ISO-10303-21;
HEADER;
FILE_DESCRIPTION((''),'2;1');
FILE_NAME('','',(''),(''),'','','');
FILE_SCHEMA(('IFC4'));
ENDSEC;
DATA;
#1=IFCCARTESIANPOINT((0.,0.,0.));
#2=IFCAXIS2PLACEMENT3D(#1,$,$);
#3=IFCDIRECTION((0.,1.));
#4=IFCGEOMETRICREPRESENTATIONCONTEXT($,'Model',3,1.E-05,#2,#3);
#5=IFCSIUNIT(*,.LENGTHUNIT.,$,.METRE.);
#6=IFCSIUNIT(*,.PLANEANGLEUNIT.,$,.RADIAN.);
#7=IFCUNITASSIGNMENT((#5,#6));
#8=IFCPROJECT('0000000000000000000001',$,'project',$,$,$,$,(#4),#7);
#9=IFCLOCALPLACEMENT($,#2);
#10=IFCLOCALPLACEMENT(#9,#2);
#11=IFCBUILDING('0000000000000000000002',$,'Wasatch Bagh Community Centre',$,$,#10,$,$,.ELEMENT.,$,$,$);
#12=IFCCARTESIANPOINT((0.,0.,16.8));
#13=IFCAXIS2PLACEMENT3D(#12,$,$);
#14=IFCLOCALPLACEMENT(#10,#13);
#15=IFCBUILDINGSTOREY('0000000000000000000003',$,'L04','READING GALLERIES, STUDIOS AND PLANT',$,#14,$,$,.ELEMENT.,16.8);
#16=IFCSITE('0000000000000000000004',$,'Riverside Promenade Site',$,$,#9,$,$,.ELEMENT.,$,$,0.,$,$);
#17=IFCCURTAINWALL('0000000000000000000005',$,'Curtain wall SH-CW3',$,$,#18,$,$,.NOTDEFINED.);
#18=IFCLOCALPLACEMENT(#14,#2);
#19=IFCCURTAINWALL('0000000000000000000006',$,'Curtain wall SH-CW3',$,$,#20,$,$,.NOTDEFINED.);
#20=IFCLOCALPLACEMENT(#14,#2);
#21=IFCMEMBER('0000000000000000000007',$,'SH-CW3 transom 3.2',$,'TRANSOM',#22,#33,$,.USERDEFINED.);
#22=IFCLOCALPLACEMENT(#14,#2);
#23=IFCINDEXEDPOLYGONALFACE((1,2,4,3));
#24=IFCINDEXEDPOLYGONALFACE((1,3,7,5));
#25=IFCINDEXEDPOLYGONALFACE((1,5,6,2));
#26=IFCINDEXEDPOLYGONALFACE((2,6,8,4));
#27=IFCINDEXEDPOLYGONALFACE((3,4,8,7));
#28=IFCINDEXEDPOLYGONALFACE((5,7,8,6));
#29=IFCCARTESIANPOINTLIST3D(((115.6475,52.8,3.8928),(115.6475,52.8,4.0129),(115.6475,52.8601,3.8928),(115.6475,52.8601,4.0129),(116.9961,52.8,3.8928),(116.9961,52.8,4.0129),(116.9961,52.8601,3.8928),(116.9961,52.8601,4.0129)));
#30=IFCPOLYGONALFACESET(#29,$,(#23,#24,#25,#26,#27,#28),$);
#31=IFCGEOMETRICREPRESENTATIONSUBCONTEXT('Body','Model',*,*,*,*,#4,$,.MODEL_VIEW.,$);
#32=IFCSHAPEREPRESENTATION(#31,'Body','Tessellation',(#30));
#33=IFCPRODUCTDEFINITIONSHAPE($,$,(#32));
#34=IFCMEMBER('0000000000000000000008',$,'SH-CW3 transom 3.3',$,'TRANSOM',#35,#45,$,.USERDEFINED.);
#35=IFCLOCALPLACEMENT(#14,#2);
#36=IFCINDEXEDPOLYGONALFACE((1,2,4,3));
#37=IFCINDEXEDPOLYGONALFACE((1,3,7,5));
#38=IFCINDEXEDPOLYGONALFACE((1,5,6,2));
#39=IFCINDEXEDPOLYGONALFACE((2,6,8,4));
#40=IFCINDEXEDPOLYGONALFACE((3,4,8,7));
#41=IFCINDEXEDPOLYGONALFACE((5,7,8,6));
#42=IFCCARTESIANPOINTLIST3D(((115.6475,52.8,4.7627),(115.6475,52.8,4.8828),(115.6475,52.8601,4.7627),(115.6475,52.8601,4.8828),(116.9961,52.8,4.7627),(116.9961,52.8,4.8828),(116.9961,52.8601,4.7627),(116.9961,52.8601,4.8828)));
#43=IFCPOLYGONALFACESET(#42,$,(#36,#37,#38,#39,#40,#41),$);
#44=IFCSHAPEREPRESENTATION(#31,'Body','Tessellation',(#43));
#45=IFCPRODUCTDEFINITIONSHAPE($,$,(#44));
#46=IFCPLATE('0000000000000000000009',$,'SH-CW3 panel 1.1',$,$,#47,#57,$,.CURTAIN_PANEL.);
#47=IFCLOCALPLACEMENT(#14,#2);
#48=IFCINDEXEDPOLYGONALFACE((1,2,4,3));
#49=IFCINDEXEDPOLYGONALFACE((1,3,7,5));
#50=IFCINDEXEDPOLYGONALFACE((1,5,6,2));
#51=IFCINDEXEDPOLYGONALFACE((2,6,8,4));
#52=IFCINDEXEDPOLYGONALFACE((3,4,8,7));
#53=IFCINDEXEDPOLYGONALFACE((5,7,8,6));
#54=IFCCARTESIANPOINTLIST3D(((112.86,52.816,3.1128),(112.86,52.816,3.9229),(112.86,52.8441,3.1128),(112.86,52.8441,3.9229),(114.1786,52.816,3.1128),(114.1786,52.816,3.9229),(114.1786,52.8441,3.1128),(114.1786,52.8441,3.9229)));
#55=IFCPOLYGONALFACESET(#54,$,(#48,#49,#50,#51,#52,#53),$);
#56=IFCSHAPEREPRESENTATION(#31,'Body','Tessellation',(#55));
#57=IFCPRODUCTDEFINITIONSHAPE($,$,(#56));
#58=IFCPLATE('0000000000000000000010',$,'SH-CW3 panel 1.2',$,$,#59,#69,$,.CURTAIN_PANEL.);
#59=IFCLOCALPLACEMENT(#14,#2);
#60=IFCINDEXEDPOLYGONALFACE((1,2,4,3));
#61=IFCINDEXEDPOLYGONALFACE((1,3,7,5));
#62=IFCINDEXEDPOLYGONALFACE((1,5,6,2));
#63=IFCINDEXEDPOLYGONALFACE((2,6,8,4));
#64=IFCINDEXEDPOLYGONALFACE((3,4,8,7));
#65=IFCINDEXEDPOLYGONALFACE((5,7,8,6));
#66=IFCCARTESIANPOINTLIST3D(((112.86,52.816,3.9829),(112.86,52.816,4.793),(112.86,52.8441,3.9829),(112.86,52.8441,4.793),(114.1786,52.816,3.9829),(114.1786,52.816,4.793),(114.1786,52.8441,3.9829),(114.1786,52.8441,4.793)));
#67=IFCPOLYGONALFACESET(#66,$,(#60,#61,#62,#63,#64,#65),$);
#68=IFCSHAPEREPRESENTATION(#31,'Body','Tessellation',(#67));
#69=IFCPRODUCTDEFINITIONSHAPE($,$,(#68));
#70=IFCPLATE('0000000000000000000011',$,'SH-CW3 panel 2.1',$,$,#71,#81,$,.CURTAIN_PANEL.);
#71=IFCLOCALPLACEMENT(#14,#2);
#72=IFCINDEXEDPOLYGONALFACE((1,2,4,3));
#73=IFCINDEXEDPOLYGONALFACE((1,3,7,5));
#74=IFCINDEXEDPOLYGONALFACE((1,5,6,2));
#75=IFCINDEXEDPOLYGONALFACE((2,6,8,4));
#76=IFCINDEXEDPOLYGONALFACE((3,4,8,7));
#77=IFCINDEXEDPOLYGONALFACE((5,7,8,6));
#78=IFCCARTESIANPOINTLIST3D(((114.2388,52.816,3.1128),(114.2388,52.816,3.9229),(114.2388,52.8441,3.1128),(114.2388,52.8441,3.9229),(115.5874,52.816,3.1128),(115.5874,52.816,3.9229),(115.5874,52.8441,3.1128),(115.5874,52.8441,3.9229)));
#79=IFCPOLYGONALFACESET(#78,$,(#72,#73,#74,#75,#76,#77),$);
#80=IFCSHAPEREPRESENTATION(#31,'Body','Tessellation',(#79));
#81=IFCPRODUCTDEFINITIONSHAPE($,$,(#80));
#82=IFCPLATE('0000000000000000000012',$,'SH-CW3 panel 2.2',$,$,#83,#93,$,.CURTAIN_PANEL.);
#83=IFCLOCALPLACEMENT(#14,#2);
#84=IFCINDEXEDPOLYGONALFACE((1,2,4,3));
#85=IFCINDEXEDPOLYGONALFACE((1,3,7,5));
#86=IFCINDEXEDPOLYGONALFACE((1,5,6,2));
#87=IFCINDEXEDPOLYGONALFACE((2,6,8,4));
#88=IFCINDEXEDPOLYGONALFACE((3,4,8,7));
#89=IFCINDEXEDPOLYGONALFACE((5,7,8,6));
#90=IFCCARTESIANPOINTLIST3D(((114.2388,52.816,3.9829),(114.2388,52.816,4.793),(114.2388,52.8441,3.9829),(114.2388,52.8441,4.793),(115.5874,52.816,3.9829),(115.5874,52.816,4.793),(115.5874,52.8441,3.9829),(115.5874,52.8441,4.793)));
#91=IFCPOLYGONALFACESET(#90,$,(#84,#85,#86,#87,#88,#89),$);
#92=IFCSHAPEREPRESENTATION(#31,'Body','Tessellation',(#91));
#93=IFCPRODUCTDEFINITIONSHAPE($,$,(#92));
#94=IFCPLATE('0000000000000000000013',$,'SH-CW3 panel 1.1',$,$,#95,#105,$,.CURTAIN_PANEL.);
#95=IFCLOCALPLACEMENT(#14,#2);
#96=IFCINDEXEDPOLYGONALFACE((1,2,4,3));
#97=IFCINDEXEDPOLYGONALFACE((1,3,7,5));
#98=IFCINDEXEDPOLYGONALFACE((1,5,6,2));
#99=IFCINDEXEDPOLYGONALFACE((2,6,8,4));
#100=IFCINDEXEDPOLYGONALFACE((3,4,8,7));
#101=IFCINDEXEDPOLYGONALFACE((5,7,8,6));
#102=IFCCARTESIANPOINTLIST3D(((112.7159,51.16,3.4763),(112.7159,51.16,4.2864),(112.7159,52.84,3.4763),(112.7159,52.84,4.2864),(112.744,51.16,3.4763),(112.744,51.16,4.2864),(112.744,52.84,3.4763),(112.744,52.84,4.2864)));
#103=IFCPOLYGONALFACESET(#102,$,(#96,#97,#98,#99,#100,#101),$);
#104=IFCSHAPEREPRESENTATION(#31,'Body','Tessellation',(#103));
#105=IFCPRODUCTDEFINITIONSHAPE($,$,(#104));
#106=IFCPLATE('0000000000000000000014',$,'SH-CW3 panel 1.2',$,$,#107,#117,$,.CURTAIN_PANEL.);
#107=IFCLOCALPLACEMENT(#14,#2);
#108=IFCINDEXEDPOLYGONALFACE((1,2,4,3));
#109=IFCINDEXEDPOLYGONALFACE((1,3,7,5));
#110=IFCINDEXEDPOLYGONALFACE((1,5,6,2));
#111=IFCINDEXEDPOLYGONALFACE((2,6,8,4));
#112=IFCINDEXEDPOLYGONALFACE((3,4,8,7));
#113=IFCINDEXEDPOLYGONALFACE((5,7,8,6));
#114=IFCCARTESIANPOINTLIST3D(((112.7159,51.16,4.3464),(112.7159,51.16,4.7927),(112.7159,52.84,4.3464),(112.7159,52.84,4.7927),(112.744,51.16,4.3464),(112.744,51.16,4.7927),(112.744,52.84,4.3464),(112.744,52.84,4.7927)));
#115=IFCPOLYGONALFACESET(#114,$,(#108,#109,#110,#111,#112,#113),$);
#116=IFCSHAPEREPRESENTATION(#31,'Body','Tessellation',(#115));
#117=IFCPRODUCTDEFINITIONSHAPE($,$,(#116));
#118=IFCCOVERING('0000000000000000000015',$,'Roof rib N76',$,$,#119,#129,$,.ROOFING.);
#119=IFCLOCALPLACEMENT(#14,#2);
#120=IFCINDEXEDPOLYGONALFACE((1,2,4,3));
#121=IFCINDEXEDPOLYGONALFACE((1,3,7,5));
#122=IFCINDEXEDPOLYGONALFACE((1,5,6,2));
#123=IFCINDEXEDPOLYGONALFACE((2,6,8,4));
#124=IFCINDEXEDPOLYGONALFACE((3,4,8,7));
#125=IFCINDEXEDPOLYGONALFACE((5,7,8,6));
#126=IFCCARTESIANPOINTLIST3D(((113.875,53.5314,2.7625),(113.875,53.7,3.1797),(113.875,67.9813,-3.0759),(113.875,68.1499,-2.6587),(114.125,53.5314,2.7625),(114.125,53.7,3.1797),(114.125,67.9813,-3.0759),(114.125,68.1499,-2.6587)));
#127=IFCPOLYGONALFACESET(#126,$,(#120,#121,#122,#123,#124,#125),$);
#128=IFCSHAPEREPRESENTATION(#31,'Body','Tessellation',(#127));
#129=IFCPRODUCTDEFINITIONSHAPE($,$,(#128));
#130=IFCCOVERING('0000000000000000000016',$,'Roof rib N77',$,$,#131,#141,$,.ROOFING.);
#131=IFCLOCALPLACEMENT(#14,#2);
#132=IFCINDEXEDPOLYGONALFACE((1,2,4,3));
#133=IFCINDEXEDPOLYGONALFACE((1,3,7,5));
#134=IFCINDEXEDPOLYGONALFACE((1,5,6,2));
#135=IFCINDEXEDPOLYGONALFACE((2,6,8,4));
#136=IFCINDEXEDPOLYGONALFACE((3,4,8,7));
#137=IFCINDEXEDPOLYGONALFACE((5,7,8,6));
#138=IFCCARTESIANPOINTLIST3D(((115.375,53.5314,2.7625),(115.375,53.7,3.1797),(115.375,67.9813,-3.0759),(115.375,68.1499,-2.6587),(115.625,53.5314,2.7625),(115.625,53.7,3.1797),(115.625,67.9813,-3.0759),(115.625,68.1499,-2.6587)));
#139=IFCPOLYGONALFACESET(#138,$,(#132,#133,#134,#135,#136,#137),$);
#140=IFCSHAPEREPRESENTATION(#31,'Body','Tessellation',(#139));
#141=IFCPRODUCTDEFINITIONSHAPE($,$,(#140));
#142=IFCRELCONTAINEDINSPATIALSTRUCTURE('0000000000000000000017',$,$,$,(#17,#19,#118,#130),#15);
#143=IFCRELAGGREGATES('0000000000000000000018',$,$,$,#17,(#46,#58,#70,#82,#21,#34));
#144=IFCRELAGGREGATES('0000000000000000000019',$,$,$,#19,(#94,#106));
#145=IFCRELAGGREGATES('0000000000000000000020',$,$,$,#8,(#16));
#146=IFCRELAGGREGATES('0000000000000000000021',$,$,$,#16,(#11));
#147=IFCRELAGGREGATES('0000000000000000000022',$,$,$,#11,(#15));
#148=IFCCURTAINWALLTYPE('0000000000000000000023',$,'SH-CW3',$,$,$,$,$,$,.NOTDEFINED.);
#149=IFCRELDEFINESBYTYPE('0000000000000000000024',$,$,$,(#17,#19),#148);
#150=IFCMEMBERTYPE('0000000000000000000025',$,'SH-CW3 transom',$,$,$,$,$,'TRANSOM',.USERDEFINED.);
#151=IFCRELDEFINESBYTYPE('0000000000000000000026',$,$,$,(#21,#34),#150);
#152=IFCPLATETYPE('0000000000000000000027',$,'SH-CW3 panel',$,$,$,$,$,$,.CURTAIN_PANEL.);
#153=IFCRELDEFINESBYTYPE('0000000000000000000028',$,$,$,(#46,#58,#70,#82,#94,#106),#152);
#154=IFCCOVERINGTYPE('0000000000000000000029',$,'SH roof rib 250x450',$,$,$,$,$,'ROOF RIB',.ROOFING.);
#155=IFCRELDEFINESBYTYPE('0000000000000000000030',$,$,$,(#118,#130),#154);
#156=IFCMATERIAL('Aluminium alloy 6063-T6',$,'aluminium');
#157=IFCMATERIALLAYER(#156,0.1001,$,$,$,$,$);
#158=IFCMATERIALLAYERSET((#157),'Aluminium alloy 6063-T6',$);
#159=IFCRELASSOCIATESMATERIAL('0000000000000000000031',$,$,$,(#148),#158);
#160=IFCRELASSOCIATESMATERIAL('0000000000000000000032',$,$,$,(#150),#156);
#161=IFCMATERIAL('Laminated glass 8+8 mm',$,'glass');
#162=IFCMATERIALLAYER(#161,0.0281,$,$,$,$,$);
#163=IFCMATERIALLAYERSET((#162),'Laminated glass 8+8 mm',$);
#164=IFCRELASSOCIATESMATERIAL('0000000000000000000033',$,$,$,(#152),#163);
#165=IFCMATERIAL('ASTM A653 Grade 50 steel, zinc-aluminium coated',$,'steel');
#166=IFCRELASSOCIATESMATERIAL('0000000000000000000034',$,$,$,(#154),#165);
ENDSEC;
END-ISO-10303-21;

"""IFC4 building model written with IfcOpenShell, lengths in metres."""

from ifc_helpers import new_model, si_unit, direction, frame, origin, origin_2d, place, context, subcontext, project, spatial, polyline, rectangle, outline, extrude, material, layer, layer_set, material_profile, profile_set, type_object, element, aggregate, save


model = new_model("IFC4")

# Units and contexts
model_context = context("Model", 3, precision=1e-05, world=origin(), true_north=direction((0.0, 1.0)))
body_context = subcontext(model_context, "Body", "Model", "MODEL_VIEW")
ifc_project = project(units=[si_unit("LENGTHUNIT", "METRE"), si_unit("PLANEANGLEUNIT", "RADIAN")], contexts=[model_context])

# Site, building, storey
site_placement = place(None, origin())
site = spatial("IfcSite", under=ifc_project, at=site_placement, Name="Riverside Promenade Site", CompositionType="ELEMENT", RefElevation=0.0)
building_placement = place(site_placement, origin())
building = spatial("IfcBuilding", under=site, at=building_placement, Name="Wasatch Bagh Community Centre", CompositionType="ELEMENT")
storey_placement = place(building_placement, frame((0.0, 0.0, 16.8)))
storey = spatial("IfcBuildingStorey", under=building, at=storey_placement, Name="L04", Description="READING GALLERIES, STUDIOS AND PLANT", CompositionType="ELEMENT", Elevation=16.8)

# Curtain wall
ifc_material_1 = material(Name="Aluminium alloy 6063-T6", Category="aluminium")
ifc_layer_1 = layer(ifc_material_1, 0.1001)
ifc_layer_set_1 = layer_set([ifc_layer_1], Name="Aluminium alloy 6063-T6")
curtain_wall_type = type_object("IfcCurtainWallType", Name="SH-CW3", PredefinedType="NOTDEFINED", material=ifc_layer_set_1)
curtain_wall_1_placement = place(storey_placement, origin())
curtain_wall_1 = element("IfcCurtainWall", 1, at=curtain_wall_1_placement, inside=storey, type_object=curtain_wall_type, Name="Curtain wall SH-CW3", PredefinedType="NOTDEFINED")

# Curtain wall
curtain_wall_2_placement = place(storey_placement, origin())
curtain_wall_2 = element("IfcCurtainWall", 2, at=curtain_wall_2_placement, inside=storey, type_object=curtain_wall_type, Name="Curtain wall SH-CW3", PredefinedType="NOTDEFINED")

# Members
ifc_material_profile_1 = material_profile(ifc_material_1, rectangle(XDim=0.0601, YDim=0.1201, at=origin_2d()), Name="AL 60x120")
ifc_profile_set_1 = profile_set([ifc_material_profile_1], Name="Aluminium alloy 6063-T6")
member_type_1 = type_object("IfcMemberType", Name="SH-CW3 transom", ElementType="TRANSOM", PredefinedType="USERDEFINED", material=ifc_profile_set_1)
member_1_placement = place(storey_placement, frame((115.6475, 52.8301, 3.9529), z_axis=(1.0, 0.0, 0.0), x_axis=(0.0, 1.0, 0.0)))
member_1 = element("IfcMember", 3, at=member_1_placement, type_object=member_type_1, Name="SH-CW3 transom 3.2", ObjectType="TRANSOM", PredefinedType="USERDEFINED", context=body_context, shape_type="SweptSolid", body=[
    extrude(rectangle(XDim=0.0601, YDim=0.1201, at=origin_2d()), origin(), (0.0, 0.0, 1.0), 1.3486),
])
member_2_placement = place(storey_placement, frame((115.6475, 52.8301, 4.8228), z_axis=(1.0, 0.0, 0.0), x_axis=(0.0, 1.0, 0.0)))
member_2 = element("IfcMember", 4, at=member_2_placement, type_object=member_type_1, Name="SH-CW3 transom 3.3", ObjectType="TRANSOM", PredefinedType="USERDEFINED", context=body_context, shape_type="SweptSolid", body=[
    extrude(rectangle(XDim=0.0601, YDim=0.1201, at=origin_2d()), origin(), (0.0, 0.0, 1.0), 1.3486),
])

# Plates
ifc_material_2 = material(Name="Laminated glass 8+8 mm", Category="glass")
ifc_layer_2 = layer(ifc_material_2, 0.0281)
ifc_layer_set_2 = layer_set([ifc_layer_2], Name="Laminated glass 8+8 mm")
plate_type = type_object("IfcPlateType", Name="SH-CW3 panel", PredefinedType="CURTAIN_PANEL", material=ifc_layer_set_2)
plate_1_placement = place(storey_placement, frame((113.5193, 52.8301, 3.1128), z_axis=(0.0, 0.0, 1.0), x_axis=(1.0, 0.0, 0.0)))
plate_1 = element("IfcPlate", 5, at=plate_1_placement, type_object=plate_type, Name="SH-CW3 panel 1.1", PredefinedType="CURTAIN_PANEL", context=body_context, shape_type="SweptSolid", body=[
    extrude(rectangle(XDim=1.3186, YDim=0.0281, at=origin_2d()), origin(), (0.0, 0.0, 1.0), 0.8101),
])
plate_2_placement = place(storey_placement, frame((113.5193, 52.8301, 3.9829), z_axis=(0.0, 0.0, 1.0), x_axis=(1.0, 0.0, 0.0)))
plate_2 = element("IfcPlate", 6, at=plate_2_placement, type_object=plate_type, Name="SH-CW3 panel 1.2", PredefinedType="CURTAIN_PANEL", context=body_context, shape_type="SweptSolid", body=[
    extrude(rectangle(XDim=1.3186, YDim=0.0281, at=origin_2d()), origin(), (0.0, 0.0, 1.0), 0.8101),
])
plate_3_placement = place(storey_placement, frame((114.9131, 52.8301, 3.1128), z_axis=(0.0, 0.0, 1.0), x_axis=(1.0, 0.0, 0.0)))
plate_3 = element("IfcPlate", 7, at=plate_3_placement, type_object=plate_type, Name="SH-CW3 panel 2.1", PredefinedType="CURTAIN_PANEL", context=body_context, shape_type="SweptSolid", body=[
    extrude(rectangle(XDim=1.3486, YDim=0.0281, at=origin_2d()), origin(), (0.0, 0.0, 1.0), 0.8101),
])
plate_4_placement = place(storey_placement, frame((114.9131, 52.8301, 3.9829), z_axis=(0.0, 0.0, 1.0), x_axis=(1.0, 0.0, 0.0)))
plate_4 = element("IfcPlate", 8, at=plate_4_placement, type_object=plate_type, Name="SH-CW3 panel 2.2", PredefinedType="CURTAIN_PANEL", context=body_context, shape_type="SweptSolid", body=[
    extrude(rectangle(XDim=1.3486, YDim=0.0281, at=origin_2d()), origin(), (0.0, 0.0, 1.0), 0.8101),
])
aggregate(curtain_wall_1, [plate_1, plate_2, plate_3, plate_4, member_1, member_2])
plate_5_placement = place(storey_placement, frame((112.73, 52.0, 3.4763), z_axis=(0.0, 0.0, 1.0), x_axis=(0.0, 1.0, 0.0)))
plate_5 = element("IfcPlate", 9, at=plate_5_placement, type_object=plate_type, Name="SH-CW3 panel 1.1", PredefinedType="CURTAIN_PANEL", context=body_context, shape_type="SweptSolid", body=[
    extrude(rectangle(XDim=1.6799, YDim=0.0281, at=origin_2d()), origin(), (0.0, 0.0, 1.0), 0.8101),
])
plate_6_placement = place(storey_placement, frame((112.73, 52.0, 4.3464), z_axis=(0.0, 0.0, 1.0), x_axis=(0.0, 1.0, 0.0)))
plate_6 = element("IfcPlate", 10, at=plate_6_placement, type_object=plate_type, Name="SH-CW3 panel 1.2", PredefinedType="CURTAIN_PANEL", context=body_context, shape_type="SweptSolid", body=[
    extrude(rectangle(XDim=1.6799, YDim=0.0281, at=origin_2d()), origin(), (0.0, 0.0, 1.0), 0.4463),
])
aggregate(curtain_wall_2, [plate_5, plate_6])

# Coverings
ifc_material_3 = material(Name="ASTM A653 Grade 50 steel, zinc-aluminium coated", Category="steel")
covering_type = type_object("IfcCoveringType", Name="SH roof rib 250x450", ElementType="ROOF RIB", PredefinedType="ROOFING", material=ifc_material_3)
for number, where, z_axis, x_axis, name in (
    (11, (113.875, 53.7, 3.1797), (0.0, 0.374619, 0.927179), (0.0, 0.927179, -0.374619), "Roof rib N76"),
    (12, (115.375, 53.7, 3.1797), (0.0, 0.374619, 0.927179), (0.0, 0.927179, -0.374619), "Roof rib N77"),
):
    element("IfcCovering", number, at=place(storey_placement, frame(where, z_axis=z_axis, x_axis=x_axis)), inside=storey, type_object=covering_type, Name=name, PredefinedType="ROOFING", context=body_context, shape_type="SweptSolid", body=[
        extrude(outline(polyline([(0.0, 0.0), (15.5849, 0.0), (15.5849, -0.25), (0.0, -0.25), (0.0, 0.0)])), origin(), (0.0, 0.0, -1.0), 0.45),
    ])

save(model, "model.ifc")
